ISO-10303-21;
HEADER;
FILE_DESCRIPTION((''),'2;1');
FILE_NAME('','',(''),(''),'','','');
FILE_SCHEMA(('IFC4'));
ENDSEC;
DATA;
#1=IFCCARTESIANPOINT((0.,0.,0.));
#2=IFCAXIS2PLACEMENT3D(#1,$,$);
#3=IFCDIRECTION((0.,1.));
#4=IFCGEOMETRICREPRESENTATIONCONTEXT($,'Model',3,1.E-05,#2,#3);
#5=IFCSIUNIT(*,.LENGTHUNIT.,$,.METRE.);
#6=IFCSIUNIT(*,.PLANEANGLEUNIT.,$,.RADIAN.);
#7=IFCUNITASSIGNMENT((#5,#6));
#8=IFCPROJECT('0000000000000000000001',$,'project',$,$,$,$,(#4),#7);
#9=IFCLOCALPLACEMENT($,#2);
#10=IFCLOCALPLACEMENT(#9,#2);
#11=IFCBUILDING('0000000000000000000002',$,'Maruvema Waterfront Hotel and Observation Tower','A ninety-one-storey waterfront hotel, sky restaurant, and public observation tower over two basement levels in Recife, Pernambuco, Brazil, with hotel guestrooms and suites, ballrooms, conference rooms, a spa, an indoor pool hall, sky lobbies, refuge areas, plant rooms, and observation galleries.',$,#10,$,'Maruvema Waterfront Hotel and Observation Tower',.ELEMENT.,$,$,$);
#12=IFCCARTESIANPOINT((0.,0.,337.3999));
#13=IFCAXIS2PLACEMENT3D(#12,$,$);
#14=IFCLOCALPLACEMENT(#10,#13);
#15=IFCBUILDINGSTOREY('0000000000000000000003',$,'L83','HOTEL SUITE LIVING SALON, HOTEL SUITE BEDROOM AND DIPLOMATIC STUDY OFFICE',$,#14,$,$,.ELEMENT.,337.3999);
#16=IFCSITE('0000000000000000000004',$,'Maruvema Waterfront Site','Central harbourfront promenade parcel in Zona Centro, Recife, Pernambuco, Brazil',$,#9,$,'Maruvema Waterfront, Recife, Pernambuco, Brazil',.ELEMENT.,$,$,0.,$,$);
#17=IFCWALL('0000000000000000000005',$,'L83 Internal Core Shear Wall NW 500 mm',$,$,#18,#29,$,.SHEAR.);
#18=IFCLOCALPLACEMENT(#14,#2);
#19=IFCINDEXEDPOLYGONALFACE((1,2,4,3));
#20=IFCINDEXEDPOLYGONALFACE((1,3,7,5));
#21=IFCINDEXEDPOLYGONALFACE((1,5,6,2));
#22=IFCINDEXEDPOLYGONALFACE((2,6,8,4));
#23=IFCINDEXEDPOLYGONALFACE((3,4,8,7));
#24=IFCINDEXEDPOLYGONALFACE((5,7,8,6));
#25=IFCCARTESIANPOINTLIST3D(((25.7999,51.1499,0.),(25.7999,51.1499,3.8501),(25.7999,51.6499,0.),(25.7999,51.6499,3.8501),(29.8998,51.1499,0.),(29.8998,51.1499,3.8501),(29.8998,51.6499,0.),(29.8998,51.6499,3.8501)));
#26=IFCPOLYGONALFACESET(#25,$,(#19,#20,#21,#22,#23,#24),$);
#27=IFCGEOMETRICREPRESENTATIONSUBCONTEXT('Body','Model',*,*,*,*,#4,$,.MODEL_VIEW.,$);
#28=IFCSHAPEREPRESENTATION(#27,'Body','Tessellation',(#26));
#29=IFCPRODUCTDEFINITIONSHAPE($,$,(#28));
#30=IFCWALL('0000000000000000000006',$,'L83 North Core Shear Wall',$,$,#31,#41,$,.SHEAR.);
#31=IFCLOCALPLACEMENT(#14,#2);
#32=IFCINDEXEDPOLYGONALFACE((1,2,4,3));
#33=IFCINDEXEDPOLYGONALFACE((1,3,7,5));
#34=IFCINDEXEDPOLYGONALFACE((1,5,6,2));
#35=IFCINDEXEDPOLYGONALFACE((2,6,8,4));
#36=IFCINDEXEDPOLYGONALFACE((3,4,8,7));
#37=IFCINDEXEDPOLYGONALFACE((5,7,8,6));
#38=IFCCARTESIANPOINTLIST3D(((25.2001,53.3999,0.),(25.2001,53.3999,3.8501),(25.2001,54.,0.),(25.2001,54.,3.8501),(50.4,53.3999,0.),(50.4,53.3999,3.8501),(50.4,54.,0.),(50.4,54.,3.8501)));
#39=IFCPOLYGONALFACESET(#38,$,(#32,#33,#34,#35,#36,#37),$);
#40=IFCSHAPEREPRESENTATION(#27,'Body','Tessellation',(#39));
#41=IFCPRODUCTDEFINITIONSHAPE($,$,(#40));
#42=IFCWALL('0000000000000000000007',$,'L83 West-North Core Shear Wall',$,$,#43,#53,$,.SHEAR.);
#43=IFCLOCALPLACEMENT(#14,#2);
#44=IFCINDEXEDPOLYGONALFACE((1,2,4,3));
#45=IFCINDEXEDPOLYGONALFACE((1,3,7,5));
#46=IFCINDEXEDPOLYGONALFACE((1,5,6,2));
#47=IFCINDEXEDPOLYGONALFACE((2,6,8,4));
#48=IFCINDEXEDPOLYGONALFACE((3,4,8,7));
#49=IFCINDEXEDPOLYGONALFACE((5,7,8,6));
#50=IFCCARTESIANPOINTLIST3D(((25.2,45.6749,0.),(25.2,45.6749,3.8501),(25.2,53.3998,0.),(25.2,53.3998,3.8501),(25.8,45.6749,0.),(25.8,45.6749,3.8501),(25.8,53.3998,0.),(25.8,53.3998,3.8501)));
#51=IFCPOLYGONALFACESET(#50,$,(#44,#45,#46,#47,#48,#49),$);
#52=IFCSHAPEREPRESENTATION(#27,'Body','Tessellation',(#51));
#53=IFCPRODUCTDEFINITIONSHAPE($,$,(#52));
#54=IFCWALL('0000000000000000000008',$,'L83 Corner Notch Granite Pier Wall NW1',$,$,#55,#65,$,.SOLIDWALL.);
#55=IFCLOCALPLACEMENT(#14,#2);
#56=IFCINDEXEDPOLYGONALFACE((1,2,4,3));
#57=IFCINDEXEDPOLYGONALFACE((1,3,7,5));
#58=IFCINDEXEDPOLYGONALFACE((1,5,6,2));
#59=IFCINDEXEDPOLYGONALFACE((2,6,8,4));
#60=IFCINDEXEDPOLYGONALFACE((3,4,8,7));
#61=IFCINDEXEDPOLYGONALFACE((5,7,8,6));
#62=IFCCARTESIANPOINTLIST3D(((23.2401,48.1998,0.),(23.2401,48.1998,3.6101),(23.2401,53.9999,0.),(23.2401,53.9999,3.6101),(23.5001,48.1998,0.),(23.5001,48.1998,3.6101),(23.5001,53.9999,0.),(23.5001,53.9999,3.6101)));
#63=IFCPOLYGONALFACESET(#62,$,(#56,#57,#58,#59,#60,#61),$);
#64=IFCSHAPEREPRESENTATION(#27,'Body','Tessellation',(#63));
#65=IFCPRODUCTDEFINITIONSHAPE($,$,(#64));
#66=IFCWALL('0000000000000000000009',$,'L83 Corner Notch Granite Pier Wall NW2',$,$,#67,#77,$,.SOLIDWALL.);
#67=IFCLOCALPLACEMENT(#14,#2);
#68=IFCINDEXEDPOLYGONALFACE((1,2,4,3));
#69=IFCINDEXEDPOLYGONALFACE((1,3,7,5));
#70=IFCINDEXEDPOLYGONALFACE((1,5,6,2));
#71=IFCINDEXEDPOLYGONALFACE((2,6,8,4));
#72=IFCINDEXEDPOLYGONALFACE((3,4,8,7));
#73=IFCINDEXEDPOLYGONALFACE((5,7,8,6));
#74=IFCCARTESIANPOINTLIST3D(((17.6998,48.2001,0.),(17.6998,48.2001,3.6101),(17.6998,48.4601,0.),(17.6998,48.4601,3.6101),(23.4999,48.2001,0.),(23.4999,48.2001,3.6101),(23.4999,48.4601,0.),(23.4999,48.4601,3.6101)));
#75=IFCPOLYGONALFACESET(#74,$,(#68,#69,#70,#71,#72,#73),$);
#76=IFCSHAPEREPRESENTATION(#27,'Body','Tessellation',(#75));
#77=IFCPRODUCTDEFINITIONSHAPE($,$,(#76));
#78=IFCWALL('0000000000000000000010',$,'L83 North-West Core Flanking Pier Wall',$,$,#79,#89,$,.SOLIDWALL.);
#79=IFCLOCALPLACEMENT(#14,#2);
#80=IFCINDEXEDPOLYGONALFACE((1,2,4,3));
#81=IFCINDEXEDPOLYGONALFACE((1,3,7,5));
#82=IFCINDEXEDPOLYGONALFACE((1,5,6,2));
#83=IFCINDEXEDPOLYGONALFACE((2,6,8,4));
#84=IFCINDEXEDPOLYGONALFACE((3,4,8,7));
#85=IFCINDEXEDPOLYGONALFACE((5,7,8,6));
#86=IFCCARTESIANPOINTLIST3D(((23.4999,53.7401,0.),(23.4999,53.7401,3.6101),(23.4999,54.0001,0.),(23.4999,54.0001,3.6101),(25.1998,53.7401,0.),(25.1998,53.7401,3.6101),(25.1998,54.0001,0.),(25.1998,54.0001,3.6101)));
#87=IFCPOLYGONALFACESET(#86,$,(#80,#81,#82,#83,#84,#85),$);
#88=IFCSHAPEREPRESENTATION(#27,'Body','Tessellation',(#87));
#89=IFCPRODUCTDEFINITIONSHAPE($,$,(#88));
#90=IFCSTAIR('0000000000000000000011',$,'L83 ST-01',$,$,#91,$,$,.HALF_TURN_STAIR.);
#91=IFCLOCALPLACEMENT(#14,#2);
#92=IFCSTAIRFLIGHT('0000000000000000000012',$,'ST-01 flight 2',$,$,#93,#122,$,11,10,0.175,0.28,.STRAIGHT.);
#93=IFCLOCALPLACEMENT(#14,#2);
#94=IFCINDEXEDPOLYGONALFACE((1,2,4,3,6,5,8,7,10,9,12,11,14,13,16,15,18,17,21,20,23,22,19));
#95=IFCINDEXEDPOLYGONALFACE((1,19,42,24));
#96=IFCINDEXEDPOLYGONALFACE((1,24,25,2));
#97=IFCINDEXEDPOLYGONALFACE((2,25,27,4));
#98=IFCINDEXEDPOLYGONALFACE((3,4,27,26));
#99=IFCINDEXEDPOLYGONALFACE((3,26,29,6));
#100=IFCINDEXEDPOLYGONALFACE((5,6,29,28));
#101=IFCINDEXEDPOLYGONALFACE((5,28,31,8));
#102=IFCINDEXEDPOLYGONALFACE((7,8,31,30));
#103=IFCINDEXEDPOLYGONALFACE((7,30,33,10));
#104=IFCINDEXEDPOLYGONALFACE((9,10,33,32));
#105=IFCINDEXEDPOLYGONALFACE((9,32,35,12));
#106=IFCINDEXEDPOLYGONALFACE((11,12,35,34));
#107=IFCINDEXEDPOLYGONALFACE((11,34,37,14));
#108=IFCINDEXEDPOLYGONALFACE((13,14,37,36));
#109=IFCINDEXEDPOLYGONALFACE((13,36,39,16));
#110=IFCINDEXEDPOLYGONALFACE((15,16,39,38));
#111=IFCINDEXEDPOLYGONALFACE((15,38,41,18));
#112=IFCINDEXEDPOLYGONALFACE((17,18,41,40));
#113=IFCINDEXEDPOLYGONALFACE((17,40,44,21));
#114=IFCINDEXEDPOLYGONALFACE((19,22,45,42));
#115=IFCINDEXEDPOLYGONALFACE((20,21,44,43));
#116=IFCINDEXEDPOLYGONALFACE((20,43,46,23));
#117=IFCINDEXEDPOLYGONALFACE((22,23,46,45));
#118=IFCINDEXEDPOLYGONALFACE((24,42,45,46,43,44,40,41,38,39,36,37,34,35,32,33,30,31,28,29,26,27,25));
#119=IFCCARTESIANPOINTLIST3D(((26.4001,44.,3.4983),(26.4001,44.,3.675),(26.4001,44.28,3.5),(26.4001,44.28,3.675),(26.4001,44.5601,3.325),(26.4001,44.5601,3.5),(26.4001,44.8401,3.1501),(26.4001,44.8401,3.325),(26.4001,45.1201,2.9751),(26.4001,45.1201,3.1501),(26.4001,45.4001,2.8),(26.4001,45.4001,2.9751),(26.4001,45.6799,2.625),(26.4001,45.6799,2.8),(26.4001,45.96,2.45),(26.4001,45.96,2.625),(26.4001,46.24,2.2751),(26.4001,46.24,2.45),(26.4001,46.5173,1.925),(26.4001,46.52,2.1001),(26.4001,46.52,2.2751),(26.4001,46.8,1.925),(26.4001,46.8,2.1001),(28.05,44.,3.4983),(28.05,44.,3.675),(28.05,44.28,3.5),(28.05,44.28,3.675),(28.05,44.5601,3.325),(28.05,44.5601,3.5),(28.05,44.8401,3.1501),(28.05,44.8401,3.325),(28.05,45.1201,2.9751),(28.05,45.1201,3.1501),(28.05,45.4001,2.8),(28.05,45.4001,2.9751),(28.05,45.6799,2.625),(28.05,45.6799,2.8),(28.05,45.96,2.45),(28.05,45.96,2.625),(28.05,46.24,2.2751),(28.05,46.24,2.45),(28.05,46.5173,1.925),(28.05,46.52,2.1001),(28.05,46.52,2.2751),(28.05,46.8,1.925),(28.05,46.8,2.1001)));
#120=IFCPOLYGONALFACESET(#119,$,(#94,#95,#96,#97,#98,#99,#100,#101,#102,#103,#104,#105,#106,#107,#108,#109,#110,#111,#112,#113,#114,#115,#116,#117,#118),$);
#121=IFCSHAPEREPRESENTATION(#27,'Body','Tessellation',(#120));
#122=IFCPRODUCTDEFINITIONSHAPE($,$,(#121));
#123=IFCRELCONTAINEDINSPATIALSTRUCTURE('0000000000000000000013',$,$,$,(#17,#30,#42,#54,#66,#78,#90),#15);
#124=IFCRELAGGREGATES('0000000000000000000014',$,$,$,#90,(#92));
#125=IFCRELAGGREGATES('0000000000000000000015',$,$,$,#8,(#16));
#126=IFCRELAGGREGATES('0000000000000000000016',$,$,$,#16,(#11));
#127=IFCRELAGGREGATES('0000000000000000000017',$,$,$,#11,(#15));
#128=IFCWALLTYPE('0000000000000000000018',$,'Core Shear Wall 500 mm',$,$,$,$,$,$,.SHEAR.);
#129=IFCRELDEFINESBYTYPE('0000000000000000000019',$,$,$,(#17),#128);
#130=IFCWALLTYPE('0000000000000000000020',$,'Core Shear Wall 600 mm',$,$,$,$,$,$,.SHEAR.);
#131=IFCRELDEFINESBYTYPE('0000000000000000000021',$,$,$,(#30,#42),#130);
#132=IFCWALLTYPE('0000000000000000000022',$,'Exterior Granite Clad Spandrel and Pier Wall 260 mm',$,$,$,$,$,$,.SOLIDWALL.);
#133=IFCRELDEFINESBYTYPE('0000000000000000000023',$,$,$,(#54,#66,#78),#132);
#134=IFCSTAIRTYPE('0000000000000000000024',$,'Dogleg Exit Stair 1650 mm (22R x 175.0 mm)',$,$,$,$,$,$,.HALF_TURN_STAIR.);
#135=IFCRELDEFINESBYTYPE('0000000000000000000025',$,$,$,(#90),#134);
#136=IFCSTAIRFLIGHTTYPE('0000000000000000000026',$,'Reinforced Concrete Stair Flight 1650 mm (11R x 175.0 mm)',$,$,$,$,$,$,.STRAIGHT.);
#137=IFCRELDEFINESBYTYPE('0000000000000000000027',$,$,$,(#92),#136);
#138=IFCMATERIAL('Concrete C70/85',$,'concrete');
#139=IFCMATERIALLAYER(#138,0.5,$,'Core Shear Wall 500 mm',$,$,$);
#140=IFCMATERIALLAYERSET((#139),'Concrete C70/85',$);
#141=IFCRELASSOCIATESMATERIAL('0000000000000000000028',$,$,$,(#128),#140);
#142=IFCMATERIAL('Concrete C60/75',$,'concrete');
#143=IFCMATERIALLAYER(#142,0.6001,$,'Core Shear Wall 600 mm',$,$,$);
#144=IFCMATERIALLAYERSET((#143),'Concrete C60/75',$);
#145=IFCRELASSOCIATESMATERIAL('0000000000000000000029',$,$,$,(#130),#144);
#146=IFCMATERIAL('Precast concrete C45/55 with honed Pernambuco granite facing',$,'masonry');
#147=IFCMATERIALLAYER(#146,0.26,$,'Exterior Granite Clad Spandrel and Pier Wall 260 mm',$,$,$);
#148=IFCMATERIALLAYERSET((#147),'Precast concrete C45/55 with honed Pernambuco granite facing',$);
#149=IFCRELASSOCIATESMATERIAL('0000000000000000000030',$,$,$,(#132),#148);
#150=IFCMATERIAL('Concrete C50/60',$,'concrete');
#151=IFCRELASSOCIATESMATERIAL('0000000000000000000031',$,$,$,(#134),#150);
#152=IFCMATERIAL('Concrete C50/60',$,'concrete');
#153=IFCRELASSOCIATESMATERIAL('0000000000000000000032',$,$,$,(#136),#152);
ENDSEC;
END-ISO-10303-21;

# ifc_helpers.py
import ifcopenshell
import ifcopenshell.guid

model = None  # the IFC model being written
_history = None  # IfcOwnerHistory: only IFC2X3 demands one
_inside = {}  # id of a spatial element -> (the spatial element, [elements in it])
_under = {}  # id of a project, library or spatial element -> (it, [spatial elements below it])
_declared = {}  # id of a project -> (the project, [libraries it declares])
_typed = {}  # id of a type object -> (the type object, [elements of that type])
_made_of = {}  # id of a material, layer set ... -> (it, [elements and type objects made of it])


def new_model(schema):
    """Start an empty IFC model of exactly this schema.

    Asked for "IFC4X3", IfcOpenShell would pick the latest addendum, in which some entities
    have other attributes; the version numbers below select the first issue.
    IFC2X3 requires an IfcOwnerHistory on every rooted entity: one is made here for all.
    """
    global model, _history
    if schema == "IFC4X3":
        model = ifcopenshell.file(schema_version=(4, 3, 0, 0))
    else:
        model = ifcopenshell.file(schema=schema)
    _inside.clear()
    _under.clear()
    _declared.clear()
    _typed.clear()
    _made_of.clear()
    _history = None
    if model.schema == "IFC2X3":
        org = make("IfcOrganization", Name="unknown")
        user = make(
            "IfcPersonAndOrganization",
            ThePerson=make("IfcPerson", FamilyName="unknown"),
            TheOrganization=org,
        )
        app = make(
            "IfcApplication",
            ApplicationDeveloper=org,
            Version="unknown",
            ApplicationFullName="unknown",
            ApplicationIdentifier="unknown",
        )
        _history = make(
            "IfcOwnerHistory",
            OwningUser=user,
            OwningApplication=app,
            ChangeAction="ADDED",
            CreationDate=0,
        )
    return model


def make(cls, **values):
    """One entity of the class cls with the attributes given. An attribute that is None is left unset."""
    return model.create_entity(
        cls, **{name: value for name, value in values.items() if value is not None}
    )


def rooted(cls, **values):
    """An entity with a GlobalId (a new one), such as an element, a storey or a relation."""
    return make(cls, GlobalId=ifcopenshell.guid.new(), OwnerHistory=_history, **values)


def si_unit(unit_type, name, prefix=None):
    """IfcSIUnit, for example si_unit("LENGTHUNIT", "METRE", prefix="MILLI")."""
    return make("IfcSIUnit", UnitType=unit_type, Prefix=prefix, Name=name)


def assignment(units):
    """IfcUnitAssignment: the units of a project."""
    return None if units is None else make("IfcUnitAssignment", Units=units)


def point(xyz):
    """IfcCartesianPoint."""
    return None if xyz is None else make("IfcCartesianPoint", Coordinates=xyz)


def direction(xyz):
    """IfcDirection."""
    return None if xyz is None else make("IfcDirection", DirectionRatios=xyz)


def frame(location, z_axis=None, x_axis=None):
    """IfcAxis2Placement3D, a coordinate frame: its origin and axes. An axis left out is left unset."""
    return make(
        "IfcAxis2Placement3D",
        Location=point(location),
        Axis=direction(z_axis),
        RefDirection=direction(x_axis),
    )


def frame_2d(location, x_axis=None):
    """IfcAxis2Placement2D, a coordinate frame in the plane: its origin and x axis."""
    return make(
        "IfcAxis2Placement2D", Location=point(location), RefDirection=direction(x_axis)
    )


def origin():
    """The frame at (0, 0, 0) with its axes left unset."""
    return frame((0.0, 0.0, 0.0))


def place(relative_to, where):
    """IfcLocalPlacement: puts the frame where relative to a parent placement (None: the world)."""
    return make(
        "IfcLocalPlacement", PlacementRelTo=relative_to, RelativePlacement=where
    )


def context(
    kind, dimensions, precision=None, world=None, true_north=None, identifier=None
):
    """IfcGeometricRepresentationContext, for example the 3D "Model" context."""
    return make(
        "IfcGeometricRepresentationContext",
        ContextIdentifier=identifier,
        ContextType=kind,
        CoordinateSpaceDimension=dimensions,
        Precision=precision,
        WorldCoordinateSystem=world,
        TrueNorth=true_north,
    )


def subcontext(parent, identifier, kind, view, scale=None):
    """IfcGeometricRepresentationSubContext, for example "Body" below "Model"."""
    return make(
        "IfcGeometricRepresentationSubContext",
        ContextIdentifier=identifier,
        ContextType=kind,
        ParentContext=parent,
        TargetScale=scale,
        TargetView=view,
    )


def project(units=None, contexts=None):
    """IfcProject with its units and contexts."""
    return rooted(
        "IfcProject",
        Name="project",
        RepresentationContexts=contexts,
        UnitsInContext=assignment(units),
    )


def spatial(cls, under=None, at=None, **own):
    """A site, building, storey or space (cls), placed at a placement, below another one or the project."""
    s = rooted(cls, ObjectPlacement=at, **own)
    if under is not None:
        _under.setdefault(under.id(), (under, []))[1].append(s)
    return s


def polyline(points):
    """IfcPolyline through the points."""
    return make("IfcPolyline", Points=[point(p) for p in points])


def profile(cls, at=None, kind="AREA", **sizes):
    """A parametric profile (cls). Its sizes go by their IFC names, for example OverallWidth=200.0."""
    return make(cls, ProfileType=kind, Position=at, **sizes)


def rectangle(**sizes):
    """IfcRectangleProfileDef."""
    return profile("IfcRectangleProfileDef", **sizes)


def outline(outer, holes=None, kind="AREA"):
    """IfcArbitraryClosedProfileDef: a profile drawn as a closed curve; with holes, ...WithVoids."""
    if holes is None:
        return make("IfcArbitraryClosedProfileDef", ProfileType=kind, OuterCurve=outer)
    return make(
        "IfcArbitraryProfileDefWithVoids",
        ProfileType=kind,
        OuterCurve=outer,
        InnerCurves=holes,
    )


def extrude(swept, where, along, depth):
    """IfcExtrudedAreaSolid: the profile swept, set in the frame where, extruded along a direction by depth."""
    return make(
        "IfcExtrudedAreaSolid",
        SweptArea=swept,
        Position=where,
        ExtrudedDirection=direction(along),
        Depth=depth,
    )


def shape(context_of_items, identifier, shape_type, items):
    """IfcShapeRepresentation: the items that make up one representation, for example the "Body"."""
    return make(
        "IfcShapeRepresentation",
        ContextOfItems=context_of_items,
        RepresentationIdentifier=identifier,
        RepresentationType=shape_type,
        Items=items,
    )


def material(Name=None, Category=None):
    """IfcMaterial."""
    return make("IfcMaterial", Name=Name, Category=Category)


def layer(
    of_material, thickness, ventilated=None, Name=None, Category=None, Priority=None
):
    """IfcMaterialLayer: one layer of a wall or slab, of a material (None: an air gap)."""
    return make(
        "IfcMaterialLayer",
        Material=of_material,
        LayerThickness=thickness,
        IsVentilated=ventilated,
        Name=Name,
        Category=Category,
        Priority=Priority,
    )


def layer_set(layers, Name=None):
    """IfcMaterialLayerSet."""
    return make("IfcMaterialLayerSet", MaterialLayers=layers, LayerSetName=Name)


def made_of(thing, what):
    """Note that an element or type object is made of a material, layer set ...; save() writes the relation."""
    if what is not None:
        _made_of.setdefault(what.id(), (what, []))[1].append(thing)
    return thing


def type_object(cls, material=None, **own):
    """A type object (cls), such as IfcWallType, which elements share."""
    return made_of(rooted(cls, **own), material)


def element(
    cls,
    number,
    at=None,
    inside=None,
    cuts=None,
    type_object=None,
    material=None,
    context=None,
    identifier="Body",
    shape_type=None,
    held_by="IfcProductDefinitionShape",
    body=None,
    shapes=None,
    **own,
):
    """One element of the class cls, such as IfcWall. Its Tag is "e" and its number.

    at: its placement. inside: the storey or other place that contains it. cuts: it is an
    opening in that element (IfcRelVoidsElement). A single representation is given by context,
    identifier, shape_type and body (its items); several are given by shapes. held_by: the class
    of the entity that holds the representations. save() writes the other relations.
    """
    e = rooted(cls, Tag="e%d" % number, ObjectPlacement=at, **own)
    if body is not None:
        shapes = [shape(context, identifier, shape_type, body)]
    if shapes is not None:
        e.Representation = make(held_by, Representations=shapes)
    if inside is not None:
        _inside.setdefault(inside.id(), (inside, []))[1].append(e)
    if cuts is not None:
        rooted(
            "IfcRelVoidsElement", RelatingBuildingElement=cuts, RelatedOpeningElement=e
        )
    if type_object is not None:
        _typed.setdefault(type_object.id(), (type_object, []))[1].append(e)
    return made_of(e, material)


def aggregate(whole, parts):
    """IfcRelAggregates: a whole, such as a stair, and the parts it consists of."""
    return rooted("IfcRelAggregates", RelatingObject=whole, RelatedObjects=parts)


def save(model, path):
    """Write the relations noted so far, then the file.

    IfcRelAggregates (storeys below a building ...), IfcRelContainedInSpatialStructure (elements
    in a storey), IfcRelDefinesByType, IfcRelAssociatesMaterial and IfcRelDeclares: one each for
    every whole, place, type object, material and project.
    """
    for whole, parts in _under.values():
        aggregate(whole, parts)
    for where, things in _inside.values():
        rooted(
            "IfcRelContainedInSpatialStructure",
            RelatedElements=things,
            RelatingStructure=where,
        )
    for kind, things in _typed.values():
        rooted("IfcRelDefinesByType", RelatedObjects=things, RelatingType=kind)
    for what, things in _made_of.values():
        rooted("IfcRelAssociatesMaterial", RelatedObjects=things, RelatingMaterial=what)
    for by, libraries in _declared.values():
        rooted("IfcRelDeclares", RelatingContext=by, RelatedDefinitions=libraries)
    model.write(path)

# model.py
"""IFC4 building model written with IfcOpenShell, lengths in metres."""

from ifc_helpers import new_model, si_unit, direction, frame, frame_2d, origin, place, context, subcontext, project, spatial, polyline, rectangle, outline, extrude, material, layer, layer_set, type_object, element, aggregate, save


model = new_model("IFC4")

# Units and contexts
model_context = context("Model", 3, precision=1e-05, world=origin(), true_north=direction((0.0, 1.0)))
body_context = subcontext(model_context, "Body", "Model", "MODEL_VIEW")
ifc_project = project(units=[si_unit("LENGTHUNIT", "METRE"), si_unit("PLANEANGLEUNIT", "RADIAN")], contexts=[model_context])

# Site, building, storey
site_placement = place(None, origin())
site = spatial("IfcSite", under=ifc_project, at=site_placement, Name="Maruvema Waterfront Site", Description="Central harbourfront promenade parcel in Zona Centro, Recife, Pernambuco, Brazil", LongName="Maruvema Waterfront, Recife, Pernambuco, Brazil", CompositionType="ELEMENT", RefElevation=0.0)
building_placement = place(site_placement, origin())
building = spatial("IfcBuilding", under=site, at=building_placement, Name="Maruvema Waterfront Hotel and Observation Tower", Description="A ninety-one-storey waterfront hotel, sky restaurant, and public observation tower over two basement levels in Recife, Pernambuco, Brazil, with hotel guestrooms and suites, ballrooms, conference rooms, a spa, an indoor pool hall, sky lobbies, refuge areas, plant rooms, and observation galleries.", LongName="Maruvema Waterfront Hotel and Observation Tower", CompositionType="ELEMENT")
storey_placement = place(building_placement, frame((0.0, 0.0, 337.3999)))
storey = spatial("IfcBuildingStorey", under=building, at=storey_placement, Name="L83", Description="HOTEL SUITE LIVING SALON, HOTEL SUITE BEDROOM AND DIPLOMATIC STUDY OFFICE", CompositionType="ELEMENT", Elevation=337.3999)

# Walls
ifc_material_1 = material(Name="Concrete C70/85", Category="concrete")
ifc_layer_1 = layer(ifc_material_1, 0.5, Name="Core Shear Wall 500 mm")
ifc_layer_set_1 = layer_set([ifc_layer_1], Name="Concrete C70/85")
wall_type_1 = type_object("IfcWallType", Name="Core Shear Wall 500 mm", PredefinedType="SHEAR", material=ifc_layer_set_1)
wall_1_placement = place(storey_placement, frame((25.8, 51.3999, 0.0), z_axis=(0.0, 0.0, 1.0), x_axis=(1.0, 0.0, 0.0)))
element("IfcWall", 1, at=wall_1_placement, inside=storey, type_object=wall_type_1, Name="L83 Internal Core Shear Wall NW 500 mm", PredefinedType="SHEAR", context=body_context, shape_type="SweptSolid", body=[
    extrude(rectangle(XDim=4.0999, YDim=0.5, at=frame_2d((2.0498, 0.0))), origin(), (0.0, 0.0, 1.0), 3.8501),
])
ifc_material_2 = material(Name="Concrete C60/75", Category="concrete")
ifc_layer_2 = layer(ifc_material_2, 0.6001, Name="Core Shear Wall 600 mm")
ifc_layer_set_2 = layer_set([ifc_layer_2], Name="Concrete C60/75")
wall_type_2 = type_object("IfcWallType", Name="Core Shear Wall 600 mm", PredefinedType="SHEAR", material=ifc_layer_set_2)
wall_2_placement = place(storey_placement, frame((25.2, 53.7, 0.0), z_axis=(0.0, 0.0, 1.0), x_axis=(1.0, 0.0, 0.0)))
element("IfcWall", 2, at=wall_2_placement, inside=storey, type_object=wall_type_2, Name="L83 North Core Shear Wall", PredefinedType="SHEAR", context=body_context, shape_type="SweptSolid", body=[
    extrude(rectangle(XDim=25.2, YDim=0.6001, at=frame_2d((12.6001, 0.0))), origin(), (0.0, 0.0, 1.0), 3.8501),
])
wall_3_placement = place(storey_placement, frame((25.5, 45.675, 0.0), z_axis=(0.0, 0.0, 1.0), x_axis=(0.0, 1.0, 0.0)))
element("IfcWall", 3, at=wall_3_placement, inside=storey, type_object=wall_type_2, Name="L83 West-North Core Shear Wall", PredefinedType="SHEAR", context=body_context, shape_type="SweptSolid", body=[
    extrude(rectangle(XDim=7.7249, YDim=0.6001, at=frame_2d((3.8623, 0.0))), origin(), (0.0, 0.0, 1.0), 3.8501),
])
ifc_material_3 = material(Name="Precast concrete C45/55 with honed Pernambuco granite facing", Category="masonry")
ifc_layer_3 = layer(ifc_material_3, 0.26, Name="Exterior Granite Clad Spandrel and Pier Wall 260 mm")
ifc_layer_set_3 = layer_set([ifc_layer_3], Name="Precast concrete C45/55 with honed Pernambuco granite facing")
wall_type_3 = type_object("IfcWallType", Name="Exterior Granite Clad Spandrel and Pier Wall 260 mm", PredefinedType="SOLIDWALL", material=ifc_layer_set_3)
for number, where, z_axis, x_axis, name in (
    (4, (23.3701, 48.2, 0.0), (0.0, 0.0, 1.0), (0.0, 1.0, 0.0), "L83 Corner Notch Granite Pier Wall NW1"),
    (5, (17.7, 48.3301, 0.0), (0.0, 0.0, 1.0), (1.0, 0.0, 0.0), "L83 Corner Notch Granite Pier Wall NW2"),
):
    element("IfcWall", number, at=place(storey_placement, frame(where, z_axis=z_axis, x_axis=x_axis)), inside=storey, type_object=wall_type_3, Name=name, PredefinedType="SOLIDWALL", context=body_context, shape_type="SweptSolid", body=[
        extrude(rectangle(XDim=5.8, YDim=0.26, at=frame_2d((2.8999, 0.0))), origin(), (0.0, 0.0, 1.0), 3.6101),
    ])
wall_4_placement = place(storey_placement, frame((25.2, 53.8701, 0.0), z_axis=(0.0, 0.0, 1.0), x_axis=(-1.0, 0.0, 0.0)))
element("IfcWall", 6, at=wall_4_placement, inside=storey, type_object=wall_type_3, Name="L83 North-West Core Flanking Pier Wall", PredefinedType="SOLIDWALL", context=body_context, shape_type="SweptSolid", body=[
    extrude(rectangle(XDim=1.7, YDim=0.26, at=frame_2d((0.8501, 0.0))), origin(), (0.0, 0.0, 1.0), 3.6101),
])

# Stair, stair flight
ifc_material_4 = material(Name="Concrete C50/60", Category="concrete")
stair_type = type_object("IfcStairType", Name="Dogleg Exit Stair 1650 mm (22R x 175.0 mm)", PredefinedType="HALF_TURN_STAIR", material=ifc_material_4)
stair_placement = place(storey_placement, origin())
stair = element("IfcStair", 7, at=stair_placement, inside=storey, type_object=stair_type, Name="L83 ST-01", PredefinedType="HALF_TURN_STAIR")
ifc_material_5 = material(Name="Concrete C50/60", Category="concrete")
stair_flight_type = type_object("IfcStairFlightType", Name="Reinforced Concrete Stair Flight 1650 mm (11R x 175.0 mm)", PredefinedType="STRAIGHT", material=ifc_material_5)
stair_flight_placement = place(storey_placement, frame((27.2251, 46.8, 1.925), z_axis=(0.0, 0.0, 1.0), x_axis=(0.0, -1.0, 0.0)))
stair_flight = element("IfcStairFlight", 8, at=stair_flight_placement, type_object=stair_flight_type, Name="ST-01 flight 2", NumberOfRisers=11, NumberOfTreads=10, PredefinedType="STRAIGHT", RiserHeight=0.175, TreadLength=0.28, context=body_context, shape_type="SweptSolid", body=[
    extrude(outline(polyline([(0.0, 0.0), (0.0, 0.175), (0.28, 0.175), (0.28, 0.3501), (0.5601, 0.3501), (0.5601, 0.5249), (0.8401, 0.5249), (0.8401, 0.7), (1.1201, 0.7), (1.1201, 0.875), (1.3999, 0.875), (1.3999, 1.05), (1.6799, 1.05), (1.6799, 1.2251), (1.96, 1.2251), (1.96, 1.3999), (2.24, 1.3999), (2.24, 1.575), (2.52, 1.575), (2.52, 1.75), (2.8, 1.75), (2.8, 1.925), (2.8, 1.5732), (0.2827, 0.0), (0.0, 0.0)])), frame((0.0, 0.825, 0.0), z_axis=(0.0, -1.0, 0.0), x_axis=(1.0, 0.0, 0.0)), (0.0, 0.0, 1.0), 1.6499),
])
aggregate(stair, [stair_flight])

save(model, "model.ifc")
